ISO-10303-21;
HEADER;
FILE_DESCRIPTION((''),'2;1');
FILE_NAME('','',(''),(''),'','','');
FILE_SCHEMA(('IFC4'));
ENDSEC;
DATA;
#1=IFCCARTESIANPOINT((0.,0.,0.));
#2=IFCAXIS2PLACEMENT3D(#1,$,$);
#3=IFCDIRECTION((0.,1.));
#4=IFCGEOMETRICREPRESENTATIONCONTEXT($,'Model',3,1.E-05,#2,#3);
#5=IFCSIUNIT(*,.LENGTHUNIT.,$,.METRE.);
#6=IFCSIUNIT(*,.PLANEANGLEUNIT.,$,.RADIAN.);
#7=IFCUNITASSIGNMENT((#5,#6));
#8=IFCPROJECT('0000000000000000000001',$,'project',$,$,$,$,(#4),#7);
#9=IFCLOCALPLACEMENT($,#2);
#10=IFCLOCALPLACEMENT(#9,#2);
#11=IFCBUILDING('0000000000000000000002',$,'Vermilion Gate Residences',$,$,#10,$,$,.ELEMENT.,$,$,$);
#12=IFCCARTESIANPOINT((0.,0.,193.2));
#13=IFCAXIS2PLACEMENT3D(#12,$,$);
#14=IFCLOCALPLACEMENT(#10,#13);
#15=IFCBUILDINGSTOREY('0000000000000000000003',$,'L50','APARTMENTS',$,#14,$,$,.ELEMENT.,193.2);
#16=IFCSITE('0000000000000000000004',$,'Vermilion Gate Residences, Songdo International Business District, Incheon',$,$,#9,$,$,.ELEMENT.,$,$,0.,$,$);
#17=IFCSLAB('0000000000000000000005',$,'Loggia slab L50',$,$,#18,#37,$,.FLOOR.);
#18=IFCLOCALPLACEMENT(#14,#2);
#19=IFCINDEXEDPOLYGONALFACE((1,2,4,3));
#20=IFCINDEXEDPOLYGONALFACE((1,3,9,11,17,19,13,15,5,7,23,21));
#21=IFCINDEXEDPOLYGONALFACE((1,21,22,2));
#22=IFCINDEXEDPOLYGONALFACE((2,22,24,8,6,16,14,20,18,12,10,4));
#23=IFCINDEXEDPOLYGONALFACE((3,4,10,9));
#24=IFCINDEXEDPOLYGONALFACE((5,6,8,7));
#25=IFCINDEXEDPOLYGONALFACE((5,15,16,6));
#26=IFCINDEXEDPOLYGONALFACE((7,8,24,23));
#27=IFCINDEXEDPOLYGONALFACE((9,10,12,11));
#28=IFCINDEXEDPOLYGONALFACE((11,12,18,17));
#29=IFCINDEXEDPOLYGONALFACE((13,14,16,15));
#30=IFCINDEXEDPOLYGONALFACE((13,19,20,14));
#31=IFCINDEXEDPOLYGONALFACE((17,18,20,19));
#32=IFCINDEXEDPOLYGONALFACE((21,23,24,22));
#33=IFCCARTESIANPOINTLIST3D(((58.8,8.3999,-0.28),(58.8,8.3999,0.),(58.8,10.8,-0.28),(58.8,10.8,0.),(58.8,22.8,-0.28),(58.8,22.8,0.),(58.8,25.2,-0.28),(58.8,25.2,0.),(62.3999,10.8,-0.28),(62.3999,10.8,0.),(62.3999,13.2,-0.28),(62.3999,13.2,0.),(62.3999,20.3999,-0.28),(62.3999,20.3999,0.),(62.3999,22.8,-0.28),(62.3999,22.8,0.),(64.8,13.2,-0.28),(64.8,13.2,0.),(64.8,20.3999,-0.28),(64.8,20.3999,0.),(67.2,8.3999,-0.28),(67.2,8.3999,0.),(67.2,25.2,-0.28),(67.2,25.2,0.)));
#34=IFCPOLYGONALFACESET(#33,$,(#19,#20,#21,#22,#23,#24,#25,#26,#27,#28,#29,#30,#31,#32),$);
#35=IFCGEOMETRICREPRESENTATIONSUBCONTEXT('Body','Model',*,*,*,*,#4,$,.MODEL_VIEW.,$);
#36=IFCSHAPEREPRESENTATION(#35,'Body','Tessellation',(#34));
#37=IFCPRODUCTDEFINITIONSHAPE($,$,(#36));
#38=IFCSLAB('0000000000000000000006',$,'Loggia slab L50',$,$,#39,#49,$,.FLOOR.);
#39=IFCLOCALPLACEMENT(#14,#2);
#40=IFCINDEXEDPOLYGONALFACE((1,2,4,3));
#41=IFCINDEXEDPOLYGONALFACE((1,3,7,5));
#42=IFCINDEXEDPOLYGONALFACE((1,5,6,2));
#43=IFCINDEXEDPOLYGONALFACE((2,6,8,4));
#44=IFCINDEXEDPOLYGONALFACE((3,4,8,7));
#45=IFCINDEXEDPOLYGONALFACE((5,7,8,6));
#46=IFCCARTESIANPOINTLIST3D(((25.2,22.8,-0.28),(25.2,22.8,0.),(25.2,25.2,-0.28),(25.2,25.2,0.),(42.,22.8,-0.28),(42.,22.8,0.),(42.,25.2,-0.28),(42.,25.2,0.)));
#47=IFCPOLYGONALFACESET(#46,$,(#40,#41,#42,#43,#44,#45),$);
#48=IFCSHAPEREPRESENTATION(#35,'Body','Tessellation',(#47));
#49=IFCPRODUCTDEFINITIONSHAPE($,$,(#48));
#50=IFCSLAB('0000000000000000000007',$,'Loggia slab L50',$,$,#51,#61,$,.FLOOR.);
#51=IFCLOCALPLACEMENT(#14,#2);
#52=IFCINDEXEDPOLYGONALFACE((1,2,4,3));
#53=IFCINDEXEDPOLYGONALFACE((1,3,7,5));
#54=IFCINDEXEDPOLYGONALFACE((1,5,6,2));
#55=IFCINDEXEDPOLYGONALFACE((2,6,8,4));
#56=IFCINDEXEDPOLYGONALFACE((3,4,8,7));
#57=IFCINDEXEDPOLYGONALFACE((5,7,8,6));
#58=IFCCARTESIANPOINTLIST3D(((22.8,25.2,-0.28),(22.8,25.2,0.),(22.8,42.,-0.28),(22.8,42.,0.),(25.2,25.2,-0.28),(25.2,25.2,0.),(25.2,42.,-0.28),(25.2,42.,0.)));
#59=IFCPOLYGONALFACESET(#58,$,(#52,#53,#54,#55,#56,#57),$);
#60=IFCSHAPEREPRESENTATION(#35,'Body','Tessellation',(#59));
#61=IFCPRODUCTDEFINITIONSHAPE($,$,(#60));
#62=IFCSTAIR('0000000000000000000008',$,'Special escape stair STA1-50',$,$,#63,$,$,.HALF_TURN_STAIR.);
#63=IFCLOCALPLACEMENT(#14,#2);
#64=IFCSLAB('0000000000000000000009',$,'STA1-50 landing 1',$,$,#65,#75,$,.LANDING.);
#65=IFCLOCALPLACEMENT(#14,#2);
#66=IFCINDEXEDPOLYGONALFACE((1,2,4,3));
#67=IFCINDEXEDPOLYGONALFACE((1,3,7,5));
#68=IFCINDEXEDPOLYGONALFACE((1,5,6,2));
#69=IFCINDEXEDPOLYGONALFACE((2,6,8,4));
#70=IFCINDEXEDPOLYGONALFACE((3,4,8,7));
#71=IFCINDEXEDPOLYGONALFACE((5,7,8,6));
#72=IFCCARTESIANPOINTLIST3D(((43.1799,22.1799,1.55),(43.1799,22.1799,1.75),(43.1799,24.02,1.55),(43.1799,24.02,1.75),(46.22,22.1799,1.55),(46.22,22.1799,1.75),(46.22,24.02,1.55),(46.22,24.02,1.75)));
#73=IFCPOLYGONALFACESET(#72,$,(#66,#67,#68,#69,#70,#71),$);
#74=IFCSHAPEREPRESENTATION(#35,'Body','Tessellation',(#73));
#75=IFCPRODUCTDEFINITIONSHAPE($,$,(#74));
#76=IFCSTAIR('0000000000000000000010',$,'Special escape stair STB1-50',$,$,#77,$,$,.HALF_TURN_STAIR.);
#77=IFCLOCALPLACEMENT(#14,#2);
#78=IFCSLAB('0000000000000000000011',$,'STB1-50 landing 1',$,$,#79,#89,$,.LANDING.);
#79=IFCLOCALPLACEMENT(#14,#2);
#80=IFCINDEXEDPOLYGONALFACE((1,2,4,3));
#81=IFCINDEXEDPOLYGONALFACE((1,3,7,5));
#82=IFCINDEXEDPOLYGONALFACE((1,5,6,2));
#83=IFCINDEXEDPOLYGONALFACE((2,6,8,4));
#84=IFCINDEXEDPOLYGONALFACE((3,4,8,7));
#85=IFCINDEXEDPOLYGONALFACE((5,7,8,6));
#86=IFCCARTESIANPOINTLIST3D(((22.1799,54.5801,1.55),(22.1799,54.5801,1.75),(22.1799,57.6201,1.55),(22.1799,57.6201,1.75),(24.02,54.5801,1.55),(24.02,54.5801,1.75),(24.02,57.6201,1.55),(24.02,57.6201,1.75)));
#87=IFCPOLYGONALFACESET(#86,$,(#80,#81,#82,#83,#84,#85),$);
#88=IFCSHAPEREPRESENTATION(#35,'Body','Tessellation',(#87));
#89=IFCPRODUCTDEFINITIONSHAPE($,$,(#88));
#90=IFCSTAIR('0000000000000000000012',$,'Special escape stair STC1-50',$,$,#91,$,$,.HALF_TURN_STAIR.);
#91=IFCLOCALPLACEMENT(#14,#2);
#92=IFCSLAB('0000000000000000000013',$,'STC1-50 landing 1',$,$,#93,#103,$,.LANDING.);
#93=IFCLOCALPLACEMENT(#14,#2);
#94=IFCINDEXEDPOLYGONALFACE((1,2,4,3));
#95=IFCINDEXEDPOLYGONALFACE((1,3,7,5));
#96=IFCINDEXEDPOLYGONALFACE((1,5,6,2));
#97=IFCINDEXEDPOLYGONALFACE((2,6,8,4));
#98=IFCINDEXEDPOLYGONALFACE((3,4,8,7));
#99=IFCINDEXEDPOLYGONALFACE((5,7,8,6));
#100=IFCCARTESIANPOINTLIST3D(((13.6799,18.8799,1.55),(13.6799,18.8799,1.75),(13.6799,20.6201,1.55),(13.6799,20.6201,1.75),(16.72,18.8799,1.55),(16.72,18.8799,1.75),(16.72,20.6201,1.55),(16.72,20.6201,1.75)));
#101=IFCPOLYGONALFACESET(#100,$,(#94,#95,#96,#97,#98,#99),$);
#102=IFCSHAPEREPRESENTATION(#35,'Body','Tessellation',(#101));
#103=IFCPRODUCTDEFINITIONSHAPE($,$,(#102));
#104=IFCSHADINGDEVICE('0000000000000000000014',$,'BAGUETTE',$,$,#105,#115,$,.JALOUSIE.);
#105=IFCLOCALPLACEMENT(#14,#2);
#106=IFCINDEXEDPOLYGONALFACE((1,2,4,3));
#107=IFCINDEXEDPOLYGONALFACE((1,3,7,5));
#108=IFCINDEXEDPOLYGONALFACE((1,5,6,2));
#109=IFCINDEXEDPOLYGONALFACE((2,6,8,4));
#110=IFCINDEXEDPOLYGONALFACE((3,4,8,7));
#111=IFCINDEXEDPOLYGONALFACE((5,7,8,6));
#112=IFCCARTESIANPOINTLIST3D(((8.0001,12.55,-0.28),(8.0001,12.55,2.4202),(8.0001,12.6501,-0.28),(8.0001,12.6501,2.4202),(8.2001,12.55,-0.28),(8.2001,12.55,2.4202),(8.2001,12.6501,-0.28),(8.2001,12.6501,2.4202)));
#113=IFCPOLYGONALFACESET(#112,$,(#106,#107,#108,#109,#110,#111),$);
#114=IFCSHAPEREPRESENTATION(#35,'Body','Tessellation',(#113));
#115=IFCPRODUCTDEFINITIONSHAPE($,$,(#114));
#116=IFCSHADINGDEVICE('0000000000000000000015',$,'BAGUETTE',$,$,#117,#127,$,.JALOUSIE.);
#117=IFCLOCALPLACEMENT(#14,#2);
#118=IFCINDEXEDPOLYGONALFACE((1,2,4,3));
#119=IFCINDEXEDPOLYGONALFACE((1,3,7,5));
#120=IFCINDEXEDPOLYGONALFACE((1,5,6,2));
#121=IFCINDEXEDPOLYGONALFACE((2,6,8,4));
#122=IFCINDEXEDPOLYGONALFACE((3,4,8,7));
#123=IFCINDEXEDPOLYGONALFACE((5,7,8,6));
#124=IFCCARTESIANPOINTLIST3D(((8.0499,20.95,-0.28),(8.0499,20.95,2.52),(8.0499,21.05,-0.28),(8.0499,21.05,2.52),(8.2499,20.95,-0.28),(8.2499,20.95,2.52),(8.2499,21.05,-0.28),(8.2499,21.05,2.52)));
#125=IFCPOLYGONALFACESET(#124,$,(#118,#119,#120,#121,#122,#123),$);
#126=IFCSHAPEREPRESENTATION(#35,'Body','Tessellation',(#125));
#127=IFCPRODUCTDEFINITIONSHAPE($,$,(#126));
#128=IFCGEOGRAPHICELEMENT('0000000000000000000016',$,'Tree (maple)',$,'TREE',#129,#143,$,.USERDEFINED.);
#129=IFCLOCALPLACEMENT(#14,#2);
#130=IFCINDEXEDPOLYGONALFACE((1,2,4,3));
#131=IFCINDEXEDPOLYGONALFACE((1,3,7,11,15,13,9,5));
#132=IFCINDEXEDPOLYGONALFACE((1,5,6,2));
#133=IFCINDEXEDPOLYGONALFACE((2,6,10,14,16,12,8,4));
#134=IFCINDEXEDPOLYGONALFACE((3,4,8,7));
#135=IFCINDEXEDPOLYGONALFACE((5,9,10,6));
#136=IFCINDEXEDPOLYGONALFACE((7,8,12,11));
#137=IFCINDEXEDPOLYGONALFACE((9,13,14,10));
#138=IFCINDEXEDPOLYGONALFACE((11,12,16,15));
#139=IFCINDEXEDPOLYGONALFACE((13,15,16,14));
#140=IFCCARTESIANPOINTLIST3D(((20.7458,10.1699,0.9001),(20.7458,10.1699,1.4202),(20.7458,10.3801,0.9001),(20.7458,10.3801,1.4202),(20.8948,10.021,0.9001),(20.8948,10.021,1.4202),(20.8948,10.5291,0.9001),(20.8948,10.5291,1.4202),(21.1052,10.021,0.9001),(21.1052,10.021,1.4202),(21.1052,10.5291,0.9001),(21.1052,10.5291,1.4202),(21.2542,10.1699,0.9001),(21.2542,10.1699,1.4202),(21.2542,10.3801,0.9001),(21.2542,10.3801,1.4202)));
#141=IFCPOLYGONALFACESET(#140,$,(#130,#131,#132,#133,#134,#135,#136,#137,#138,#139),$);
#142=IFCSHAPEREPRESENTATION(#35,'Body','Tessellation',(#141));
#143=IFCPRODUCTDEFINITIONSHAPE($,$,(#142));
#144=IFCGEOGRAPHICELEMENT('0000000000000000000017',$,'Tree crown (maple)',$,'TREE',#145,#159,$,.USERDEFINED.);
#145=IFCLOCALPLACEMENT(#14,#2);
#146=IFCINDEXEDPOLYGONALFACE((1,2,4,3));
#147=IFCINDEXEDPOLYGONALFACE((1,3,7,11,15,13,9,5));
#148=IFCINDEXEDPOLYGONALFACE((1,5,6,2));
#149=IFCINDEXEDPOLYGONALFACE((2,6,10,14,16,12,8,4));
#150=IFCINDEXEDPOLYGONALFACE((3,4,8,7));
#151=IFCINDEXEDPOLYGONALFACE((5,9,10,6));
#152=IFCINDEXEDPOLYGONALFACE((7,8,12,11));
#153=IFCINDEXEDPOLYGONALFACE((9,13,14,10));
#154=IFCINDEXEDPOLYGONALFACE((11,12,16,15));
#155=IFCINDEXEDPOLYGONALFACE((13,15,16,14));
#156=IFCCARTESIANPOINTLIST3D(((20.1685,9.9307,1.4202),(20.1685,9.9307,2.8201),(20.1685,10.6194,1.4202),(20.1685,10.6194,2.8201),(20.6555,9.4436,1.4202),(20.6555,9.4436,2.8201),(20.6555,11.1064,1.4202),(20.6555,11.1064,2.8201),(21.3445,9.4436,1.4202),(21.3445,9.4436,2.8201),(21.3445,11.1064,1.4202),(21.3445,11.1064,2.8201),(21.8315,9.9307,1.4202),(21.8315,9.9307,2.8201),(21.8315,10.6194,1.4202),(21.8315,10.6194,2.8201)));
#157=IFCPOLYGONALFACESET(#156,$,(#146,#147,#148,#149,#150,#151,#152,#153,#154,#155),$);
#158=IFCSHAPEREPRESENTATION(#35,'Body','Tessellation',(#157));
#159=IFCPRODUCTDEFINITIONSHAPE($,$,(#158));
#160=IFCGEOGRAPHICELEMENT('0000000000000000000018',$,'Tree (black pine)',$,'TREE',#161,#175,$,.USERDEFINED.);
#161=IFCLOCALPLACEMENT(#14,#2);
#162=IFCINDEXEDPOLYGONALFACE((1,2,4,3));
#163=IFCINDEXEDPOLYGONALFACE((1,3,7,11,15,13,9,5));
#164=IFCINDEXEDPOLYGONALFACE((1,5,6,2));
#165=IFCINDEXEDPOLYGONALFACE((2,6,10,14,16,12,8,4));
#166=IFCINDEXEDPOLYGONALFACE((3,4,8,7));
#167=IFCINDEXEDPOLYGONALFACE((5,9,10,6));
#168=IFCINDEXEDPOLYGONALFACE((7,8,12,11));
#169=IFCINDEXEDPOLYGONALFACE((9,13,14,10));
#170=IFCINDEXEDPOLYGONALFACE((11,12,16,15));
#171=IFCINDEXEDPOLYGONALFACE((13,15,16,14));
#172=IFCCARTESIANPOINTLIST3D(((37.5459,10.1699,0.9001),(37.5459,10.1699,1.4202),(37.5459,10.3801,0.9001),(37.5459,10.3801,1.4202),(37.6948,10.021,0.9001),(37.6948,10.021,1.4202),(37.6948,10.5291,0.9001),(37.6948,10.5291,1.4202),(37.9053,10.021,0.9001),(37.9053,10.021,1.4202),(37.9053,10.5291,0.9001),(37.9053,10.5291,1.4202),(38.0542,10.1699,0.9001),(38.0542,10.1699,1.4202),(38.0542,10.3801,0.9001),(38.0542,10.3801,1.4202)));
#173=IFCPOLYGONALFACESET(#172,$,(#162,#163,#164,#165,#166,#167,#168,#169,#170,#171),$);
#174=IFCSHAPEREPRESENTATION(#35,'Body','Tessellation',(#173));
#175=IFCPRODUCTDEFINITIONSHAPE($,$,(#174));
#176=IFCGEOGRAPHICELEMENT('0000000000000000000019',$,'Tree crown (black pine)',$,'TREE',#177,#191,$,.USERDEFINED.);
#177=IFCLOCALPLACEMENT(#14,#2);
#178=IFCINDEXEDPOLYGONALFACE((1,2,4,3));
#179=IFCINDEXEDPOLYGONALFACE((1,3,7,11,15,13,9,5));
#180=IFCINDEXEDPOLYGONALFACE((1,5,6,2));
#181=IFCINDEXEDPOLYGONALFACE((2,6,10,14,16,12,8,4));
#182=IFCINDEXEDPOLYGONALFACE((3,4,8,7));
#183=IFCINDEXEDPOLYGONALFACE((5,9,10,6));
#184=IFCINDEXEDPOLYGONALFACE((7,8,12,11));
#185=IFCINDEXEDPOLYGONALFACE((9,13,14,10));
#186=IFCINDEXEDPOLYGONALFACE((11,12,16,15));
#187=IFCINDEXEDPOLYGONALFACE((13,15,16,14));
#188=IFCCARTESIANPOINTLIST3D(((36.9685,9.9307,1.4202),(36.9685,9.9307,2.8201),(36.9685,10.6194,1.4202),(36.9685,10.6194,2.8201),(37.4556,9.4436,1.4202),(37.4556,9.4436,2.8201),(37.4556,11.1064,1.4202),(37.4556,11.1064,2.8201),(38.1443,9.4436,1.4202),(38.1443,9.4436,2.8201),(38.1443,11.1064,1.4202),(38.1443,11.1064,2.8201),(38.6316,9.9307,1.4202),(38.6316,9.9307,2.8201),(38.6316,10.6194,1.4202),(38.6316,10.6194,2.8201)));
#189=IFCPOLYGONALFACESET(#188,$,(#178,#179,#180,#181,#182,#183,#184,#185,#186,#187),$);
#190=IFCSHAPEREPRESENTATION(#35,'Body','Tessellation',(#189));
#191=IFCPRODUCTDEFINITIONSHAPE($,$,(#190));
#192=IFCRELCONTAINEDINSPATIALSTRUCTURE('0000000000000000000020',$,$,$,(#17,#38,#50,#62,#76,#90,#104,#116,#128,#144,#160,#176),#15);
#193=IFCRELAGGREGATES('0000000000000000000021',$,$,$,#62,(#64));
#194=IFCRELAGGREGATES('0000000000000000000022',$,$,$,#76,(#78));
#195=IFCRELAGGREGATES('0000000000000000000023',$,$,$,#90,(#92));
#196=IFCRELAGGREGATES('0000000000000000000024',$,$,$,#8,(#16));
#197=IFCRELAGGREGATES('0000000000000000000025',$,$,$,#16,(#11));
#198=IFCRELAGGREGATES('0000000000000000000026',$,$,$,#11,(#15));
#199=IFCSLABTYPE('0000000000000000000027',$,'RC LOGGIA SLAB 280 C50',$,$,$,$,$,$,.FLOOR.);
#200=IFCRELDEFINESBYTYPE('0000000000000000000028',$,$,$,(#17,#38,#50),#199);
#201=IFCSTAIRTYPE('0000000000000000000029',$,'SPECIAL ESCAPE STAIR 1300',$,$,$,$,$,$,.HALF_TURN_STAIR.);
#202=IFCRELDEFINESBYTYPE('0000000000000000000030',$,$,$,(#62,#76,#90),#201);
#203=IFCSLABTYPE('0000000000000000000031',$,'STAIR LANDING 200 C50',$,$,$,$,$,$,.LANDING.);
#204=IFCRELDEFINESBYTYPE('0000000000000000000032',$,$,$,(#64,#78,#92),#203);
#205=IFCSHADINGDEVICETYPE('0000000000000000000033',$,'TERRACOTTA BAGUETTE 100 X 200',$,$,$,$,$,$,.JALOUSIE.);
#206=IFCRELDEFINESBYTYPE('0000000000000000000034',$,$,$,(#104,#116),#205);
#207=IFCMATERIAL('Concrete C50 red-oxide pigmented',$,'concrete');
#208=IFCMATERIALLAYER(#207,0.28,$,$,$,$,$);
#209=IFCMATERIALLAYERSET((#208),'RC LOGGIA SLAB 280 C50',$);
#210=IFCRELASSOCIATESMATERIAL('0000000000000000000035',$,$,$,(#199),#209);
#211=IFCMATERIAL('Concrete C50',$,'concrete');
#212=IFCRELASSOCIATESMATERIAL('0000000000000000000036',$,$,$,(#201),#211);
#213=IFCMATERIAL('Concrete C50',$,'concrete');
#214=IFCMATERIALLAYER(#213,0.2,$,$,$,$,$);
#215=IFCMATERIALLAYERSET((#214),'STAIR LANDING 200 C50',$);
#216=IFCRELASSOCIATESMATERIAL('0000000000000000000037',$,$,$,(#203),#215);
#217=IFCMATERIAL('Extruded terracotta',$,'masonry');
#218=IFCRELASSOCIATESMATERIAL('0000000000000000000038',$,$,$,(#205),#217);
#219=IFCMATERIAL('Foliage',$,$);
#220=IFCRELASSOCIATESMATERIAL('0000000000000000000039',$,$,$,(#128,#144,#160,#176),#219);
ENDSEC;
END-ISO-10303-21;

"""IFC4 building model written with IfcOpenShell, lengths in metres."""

from ifc_helpers import new_model, si_unit, direction, frame, origin, origin_2d, place, context, subcontext, project, spatial, polyline, rectangle, outline, extrude, material, layer, layer_set, material_profile, profile_set, type_object, element, aggregate, save


model = new_model("IFC4")

# Units and contexts
model_context = context("Model", 3, precision=1e-05, world=origin(), true_north=direction((0.0, 1.0)))
body_context = subcontext(model_context, "Body", "Model", "MODEL_VIEW")
ifc_project = project(units=[si_unit("LENGTHUNIT", "METRE"), si_unit("PLANEANGLEUNIT", "RADIAN")], contexts=[model_context])

# Site, building, storey
site_placement = place(None, origin())
site = spatial("IfcSite", under=ifc_project, at=site_placement, Name="Vermilion Gate Residences, Songdo International Business District, Incheon", CompositionType="ELEMENT", RefElevation=0.0)
building_placement = place(site_placement, origin())
building = spatial("IfcBuilding", under=site, at=building_placement, Name="Vermilion Gate Residences", CompositionType="ELEMENT")
storey_placement = place(building_placement, frame((0.0, 0.0, 193.2)))
storey = spatial("IfcBuildingStorey", under=building, at=storey_placement, Name="L50", Description="APARTMENTS", CompositionType="ELEMENT", Elevation=193.2)

# Slabs
ifc_material_1 = material(Name="Concrete C50 red-oxide pigmented", Category="concrete")
ifc_layer_1 = layer(ifc_material_1, 0.28)
ifc_layer_set_1 = layer_set([ifc_layer_1], Name="RC LOGGIA SLAB 280 C50")
slab_type_1 = type_object("IfcSlabType", Name="RC LOGGIA SLAB 280 C50", PredefinedType="FLOOR", material=ifc_layer_set_1)
slab_1_placement = place(storey_placement, frame((0.0, 0.0, -0.28)))
element("IfcSlab", 1, at=slab_1_placement, inside=storey, type_object=slab_type_1, Name="Loggia slab L50", PredefinedType="FLOOR", context=body_context, shape_type="SweptSolid", body=[
    extrude(outline(polyline([(64.8, 13.2), (62.3999, 13.2), (62.3999, 10.8), (58.8, 10.8), (58.8, 8.3999), (67.2, 8.3999), (67.2, 25.2), (58.8, 25.2), (58.8, 22.8), (62.3999, 22.8), (62.3999, 20.3999), (64.8, 20.3999), (64.8, 13.2)])), origin(), (0.0, 0.0, 1.0), 0.28),
])
slab_2_placement = place(storey_placement, frame((0.0, 0.0, -0.28)))
element("IfcSlab", 2, at=slab_2_placement, inside=storey, type_object=slab_type_1, Name="Loggia slab L50", PredefinedType="FLOOR", context=body_context, shape_type="SweptSolid", body=[
    extrude(outline(polyline([(42.0, 25.2), (25.2, 25.2), (25.2, 22.8), (42.0, 22.8), (42.0, 25.2)])), origin(), (0.0, 0.0, 1.0), 0.28),
])
slab_3_placement = place(storey_placement, frame((0.0, 0.0, -0.28)))
element("IfcSlab", 3, at=slab_3_placement, inside=storey, type_object=slab_type_1, Name="Loggia slab L50", PredefinedType="FLOOR", context=body_context, shape_type="SweptSolid", body=[
    extrude(outline(polyline([(22.8, 42.0), (22.8, 25.2), (25.2, 25.2), (25.2, 42.0), (22.8, 42.0)])), origin(), (0.0, 0.0, 1.0), 0.28),
])

# Stairs, slabs
ifc_material_2 = material(Name="Concrete C50", Category="concrete")
stair_type = type_object("IfcStairType", Name="SPECIAL ESCAPE STAIR 1300", PredefinedType="HALF_TURN_STAIR", material=ifc_material_2)
stair_1_placement = place(storey_placement, origin())
stair_1 = element("IfcStair", 4, at=stair_1_placement, inside=storey, type_object=stair_type, Name="Special escape stair STA1-50", PredefinedType="HALF_TURN_STAIR")
ifc_material_3 = material(Name="Concrete C50", Category="concrete")
ifc_layer_2 = layer(ifc_material_3, 0.2)
ifc_layer_set_2 = layer_set([ifc_layer_2], Name="STAIR LANDING 200 C50")
slab_type_2 = type_object("IfcSlabType", Name="STAIR LANDING 200 C50", PredefinedType="LANDING", material=ifc_layer_set_2)
slab_4_placement = place(storey_placement, frame((0.0, 0.0, 1.55)))
slab_4 = element("IfcSlab", 5, at=slab_4_placement, type_object=slab_type_2, Name="STA1-50 landing 1", PredefinedType="LANDING", context=body_context, shape_type="SweptSolid", body=[
    extrude(outline(polyline([(46.22, 22.1799), (46.22, 24.02), (43.1799, 24.02), (43.1799, 22.1799), (46.22, 22.1799)])), origin(), (0.0, 0.0, 1.0), 0.2),
])
aggregate(stair_1, [slab_4])
stair_2_placement = place(storey_placement, origin())
stair_2 = element("IfcStair", 6, at=stair_2_placement, inside=storey, type_object=stair_type, Name="Special escape stair STB1-50", PredefinedType="HALF_TURN_STAIR")
slab_5_placement = place(storey_placement, frame((0.0, 0.0, 1.55)))
slab_5 = element("IfcSlab", 7, at=slab_5_placement, type_object=slab_type_2, Name="STB1-50 landing 1", PredefinedType="LANDING", context=body_context, shape_type="SweptSolid", body=[
    extrude(outline(polyline([(24.02, 54.5801), (24.02, 57.6201), (22.1799, 57.6201), (22.1799, 54.5801), (24.02, 54.5801)])), origin(), (0.0, 0.0, 1.0), 0.2),
])
aggregate(stair_2, [slab_5])
stair_3_placement = place(storey_placement, origin())
stair_3 = element("IfcStair", 8, at=stair_3_placement, inside=storey, type_object=stair_type, Name="Special escape stair STC1-50", PredefinedType="HALF_TURN_STAIR")
slab_6_placement = place(storey_placement, frame((0.0, 0.0, 1.55)))
slab_6 = element("IfcSlab", 9, at=slab_6_placement, type_object=slab_type_2, Name="STC1-50 landing 1", PredefinedType="LANDING", context=body_context, shape_type="SweptSolid", body=[
    extrude(outline(polyline([(16.72, 18.8799), (16.72, 20.6201), (13.6799, 20.6201), (13.6799, 18.8799), (16.72, 18.8799)])), origin(), (0.0, 0.0, 1.0), 0.2),
])
aggregate(stair_3, [slab_6])

# Shading devices
ifc_material_4 = material(Name="Extruded terracotta", Category="masonry")
ifc_material_profile_1 = material_profile(ifc_material_4, rectangle(XDim=0.2, YDim=0.1001, at=origin_2d()), Name="BAGUETTE 100 X 200")
ifc_profile_set_1 = profile_set([ifc_material_profile_1], Name="Extruded terracotta")
shading_device_type = type_object("IfcShadingDeviceType", Name="TERRACOTTA BAGUETTE 100 X 200", PredefinedType="JALOUSIE", material=ifc_profile_set_1)
shading_device_1_placement = place(storey_placement, frame((8.1001, 12.6001, -0.28), z_axis=(0.0, 0.0, 1.0), x_axis=(1.0, 0.0, 0.0)))
element("IfcShadingDevice", 10, at=shading_device_1_placement, inside=storey, type_object=shading_device_type, Name="BAGUETTE", PredefinedType="JALOUSIE", context=body_context, shape_type="SweptSolid", body=[
    extrude(rectangle(XDim=0.2, YDim=0.1001, at=origin_2d()), origin(), (0.0, 0.0, 1.0), 2.7002),
])
shading_device_2_placement = place(storey_placement, frame((8.1499, 21.0, -0.28), z_axis=(0.0, 0.0, 1.0), x_axis=(1.0, 0.0, 0.0)))
element("IfcShadingDevice", 11, at=shading_device_2_placement, inside=storey, type_object=shading_device_type, Name="BAGUETTE", PredefinedType="JALOUSIE", context=body_context, shape_type="SweptSolid", body=[
    extrude(rectangle(XDim=0.2, YDim=0.1001, at=origin_2d()), origin(), (0.0, 0.0, 1.0), 2.8),
])

# Geographic elements
ifc_material_5 = material(Name="Foliage")
geographic_element_1_placement = place(storey_placement, frame((0.0, 0.0, 0.9001)))
element("IfcGeographicElement", 12, at=geographic_element_1_placement, inside=storey, material=ifc_material_5, Name="Tree (maple)", ObjectType="TREE", PredefinedType="USERDEFINED", context=body_context, shape_type="SweptSolid", body=[
    extrude(outline(polyline([(21.2542, 10.3801), (21.1052, 10.5291), (20.8948, 10.5291), (20.7458, 10.3801), (20.7458, 10.1699), (20.8948, 10.021), (21.1052, 10.021), (21.2542, 10.1699), (21.2542, 10.3801)])), origin(), (0.0, 0.0, 1.0), 0.52),
])
geographic_element_2_placement = place(storey_placement, frame((0.0, 0.0, 1.4202)))
element("IfcGeographicElement", 13, at=geographic_element_2_placement, inside=storey, material=ifc_material_5, Name="Tree crown (maple)", ObjectType="TREE", PredefinedType="USERDEFINED", context=body_context, shape_type="SweptSolid", body=[
    extrude(outline(polyline([(21.8315, 10.6194), (21.3445, 11.1064), (20.6555, 11.1064), (20.1685, 10.6194), (20.1685, 9.9307), (20.6555, 9.4436), (21.3445, 9.4436), (21.8315, 9.9307), (21.8315, 10.6194)])), origin(), (0.0, 0.0, 1.0), 1.3999),
])
geographic_element_3_placement = place(storey_placement, frame((0.0, 0.0, 0.9001)))
element("IfcGeographicElement", 14, at=geographic_element_3_placement, inside=storey, material=ifc_material_5, Name="Tree (black pine)", ObjectType="TREE", PredefinedType="USERDEFINED", context=body_context, shape_type="SweptSolid", body=[
    extrude(outline(polyline([(38.0542, 10.3801), (37.9053, 10.5291), (37.6948, 10.5291), (37.5459, 10.3801), (37.5459, 10.1699), (37.6948, 10.021), (37.9053, 10.021), (38.0542, 10.1699), (38.0542, 10.3801)])), origin(), (0.0, 0.0, 1.0), 0.52),
])
geographic_element_4_placement = place(storey_placement, frame((0.0, 0.0, 1.4202)))
element("IfcGeographicElement", 15, at=geographic_element_4_placement, inside=storey, material=ifc_material_5, Name="Tree crown (black pine)", ObjectType="TREE", PredefinedType="USERDEFINED", context=body_context, shape_type="SweptSolid", body=[
    extrude(outline(polyline([(38.6316, 10.6194), (38.1443, 11.1064), (37.4556, 11.1064), (36.9685, 10.6194), (36.9685, 9.9307), (37.4556, 9.4436), (38.1443, 9.4436), (38.6316, 9.9307), (38.6316, 10.6194)])), origin(), (0.0, 0.0, 1.0), 1.3999),
])

save(model, "model.ifc")
